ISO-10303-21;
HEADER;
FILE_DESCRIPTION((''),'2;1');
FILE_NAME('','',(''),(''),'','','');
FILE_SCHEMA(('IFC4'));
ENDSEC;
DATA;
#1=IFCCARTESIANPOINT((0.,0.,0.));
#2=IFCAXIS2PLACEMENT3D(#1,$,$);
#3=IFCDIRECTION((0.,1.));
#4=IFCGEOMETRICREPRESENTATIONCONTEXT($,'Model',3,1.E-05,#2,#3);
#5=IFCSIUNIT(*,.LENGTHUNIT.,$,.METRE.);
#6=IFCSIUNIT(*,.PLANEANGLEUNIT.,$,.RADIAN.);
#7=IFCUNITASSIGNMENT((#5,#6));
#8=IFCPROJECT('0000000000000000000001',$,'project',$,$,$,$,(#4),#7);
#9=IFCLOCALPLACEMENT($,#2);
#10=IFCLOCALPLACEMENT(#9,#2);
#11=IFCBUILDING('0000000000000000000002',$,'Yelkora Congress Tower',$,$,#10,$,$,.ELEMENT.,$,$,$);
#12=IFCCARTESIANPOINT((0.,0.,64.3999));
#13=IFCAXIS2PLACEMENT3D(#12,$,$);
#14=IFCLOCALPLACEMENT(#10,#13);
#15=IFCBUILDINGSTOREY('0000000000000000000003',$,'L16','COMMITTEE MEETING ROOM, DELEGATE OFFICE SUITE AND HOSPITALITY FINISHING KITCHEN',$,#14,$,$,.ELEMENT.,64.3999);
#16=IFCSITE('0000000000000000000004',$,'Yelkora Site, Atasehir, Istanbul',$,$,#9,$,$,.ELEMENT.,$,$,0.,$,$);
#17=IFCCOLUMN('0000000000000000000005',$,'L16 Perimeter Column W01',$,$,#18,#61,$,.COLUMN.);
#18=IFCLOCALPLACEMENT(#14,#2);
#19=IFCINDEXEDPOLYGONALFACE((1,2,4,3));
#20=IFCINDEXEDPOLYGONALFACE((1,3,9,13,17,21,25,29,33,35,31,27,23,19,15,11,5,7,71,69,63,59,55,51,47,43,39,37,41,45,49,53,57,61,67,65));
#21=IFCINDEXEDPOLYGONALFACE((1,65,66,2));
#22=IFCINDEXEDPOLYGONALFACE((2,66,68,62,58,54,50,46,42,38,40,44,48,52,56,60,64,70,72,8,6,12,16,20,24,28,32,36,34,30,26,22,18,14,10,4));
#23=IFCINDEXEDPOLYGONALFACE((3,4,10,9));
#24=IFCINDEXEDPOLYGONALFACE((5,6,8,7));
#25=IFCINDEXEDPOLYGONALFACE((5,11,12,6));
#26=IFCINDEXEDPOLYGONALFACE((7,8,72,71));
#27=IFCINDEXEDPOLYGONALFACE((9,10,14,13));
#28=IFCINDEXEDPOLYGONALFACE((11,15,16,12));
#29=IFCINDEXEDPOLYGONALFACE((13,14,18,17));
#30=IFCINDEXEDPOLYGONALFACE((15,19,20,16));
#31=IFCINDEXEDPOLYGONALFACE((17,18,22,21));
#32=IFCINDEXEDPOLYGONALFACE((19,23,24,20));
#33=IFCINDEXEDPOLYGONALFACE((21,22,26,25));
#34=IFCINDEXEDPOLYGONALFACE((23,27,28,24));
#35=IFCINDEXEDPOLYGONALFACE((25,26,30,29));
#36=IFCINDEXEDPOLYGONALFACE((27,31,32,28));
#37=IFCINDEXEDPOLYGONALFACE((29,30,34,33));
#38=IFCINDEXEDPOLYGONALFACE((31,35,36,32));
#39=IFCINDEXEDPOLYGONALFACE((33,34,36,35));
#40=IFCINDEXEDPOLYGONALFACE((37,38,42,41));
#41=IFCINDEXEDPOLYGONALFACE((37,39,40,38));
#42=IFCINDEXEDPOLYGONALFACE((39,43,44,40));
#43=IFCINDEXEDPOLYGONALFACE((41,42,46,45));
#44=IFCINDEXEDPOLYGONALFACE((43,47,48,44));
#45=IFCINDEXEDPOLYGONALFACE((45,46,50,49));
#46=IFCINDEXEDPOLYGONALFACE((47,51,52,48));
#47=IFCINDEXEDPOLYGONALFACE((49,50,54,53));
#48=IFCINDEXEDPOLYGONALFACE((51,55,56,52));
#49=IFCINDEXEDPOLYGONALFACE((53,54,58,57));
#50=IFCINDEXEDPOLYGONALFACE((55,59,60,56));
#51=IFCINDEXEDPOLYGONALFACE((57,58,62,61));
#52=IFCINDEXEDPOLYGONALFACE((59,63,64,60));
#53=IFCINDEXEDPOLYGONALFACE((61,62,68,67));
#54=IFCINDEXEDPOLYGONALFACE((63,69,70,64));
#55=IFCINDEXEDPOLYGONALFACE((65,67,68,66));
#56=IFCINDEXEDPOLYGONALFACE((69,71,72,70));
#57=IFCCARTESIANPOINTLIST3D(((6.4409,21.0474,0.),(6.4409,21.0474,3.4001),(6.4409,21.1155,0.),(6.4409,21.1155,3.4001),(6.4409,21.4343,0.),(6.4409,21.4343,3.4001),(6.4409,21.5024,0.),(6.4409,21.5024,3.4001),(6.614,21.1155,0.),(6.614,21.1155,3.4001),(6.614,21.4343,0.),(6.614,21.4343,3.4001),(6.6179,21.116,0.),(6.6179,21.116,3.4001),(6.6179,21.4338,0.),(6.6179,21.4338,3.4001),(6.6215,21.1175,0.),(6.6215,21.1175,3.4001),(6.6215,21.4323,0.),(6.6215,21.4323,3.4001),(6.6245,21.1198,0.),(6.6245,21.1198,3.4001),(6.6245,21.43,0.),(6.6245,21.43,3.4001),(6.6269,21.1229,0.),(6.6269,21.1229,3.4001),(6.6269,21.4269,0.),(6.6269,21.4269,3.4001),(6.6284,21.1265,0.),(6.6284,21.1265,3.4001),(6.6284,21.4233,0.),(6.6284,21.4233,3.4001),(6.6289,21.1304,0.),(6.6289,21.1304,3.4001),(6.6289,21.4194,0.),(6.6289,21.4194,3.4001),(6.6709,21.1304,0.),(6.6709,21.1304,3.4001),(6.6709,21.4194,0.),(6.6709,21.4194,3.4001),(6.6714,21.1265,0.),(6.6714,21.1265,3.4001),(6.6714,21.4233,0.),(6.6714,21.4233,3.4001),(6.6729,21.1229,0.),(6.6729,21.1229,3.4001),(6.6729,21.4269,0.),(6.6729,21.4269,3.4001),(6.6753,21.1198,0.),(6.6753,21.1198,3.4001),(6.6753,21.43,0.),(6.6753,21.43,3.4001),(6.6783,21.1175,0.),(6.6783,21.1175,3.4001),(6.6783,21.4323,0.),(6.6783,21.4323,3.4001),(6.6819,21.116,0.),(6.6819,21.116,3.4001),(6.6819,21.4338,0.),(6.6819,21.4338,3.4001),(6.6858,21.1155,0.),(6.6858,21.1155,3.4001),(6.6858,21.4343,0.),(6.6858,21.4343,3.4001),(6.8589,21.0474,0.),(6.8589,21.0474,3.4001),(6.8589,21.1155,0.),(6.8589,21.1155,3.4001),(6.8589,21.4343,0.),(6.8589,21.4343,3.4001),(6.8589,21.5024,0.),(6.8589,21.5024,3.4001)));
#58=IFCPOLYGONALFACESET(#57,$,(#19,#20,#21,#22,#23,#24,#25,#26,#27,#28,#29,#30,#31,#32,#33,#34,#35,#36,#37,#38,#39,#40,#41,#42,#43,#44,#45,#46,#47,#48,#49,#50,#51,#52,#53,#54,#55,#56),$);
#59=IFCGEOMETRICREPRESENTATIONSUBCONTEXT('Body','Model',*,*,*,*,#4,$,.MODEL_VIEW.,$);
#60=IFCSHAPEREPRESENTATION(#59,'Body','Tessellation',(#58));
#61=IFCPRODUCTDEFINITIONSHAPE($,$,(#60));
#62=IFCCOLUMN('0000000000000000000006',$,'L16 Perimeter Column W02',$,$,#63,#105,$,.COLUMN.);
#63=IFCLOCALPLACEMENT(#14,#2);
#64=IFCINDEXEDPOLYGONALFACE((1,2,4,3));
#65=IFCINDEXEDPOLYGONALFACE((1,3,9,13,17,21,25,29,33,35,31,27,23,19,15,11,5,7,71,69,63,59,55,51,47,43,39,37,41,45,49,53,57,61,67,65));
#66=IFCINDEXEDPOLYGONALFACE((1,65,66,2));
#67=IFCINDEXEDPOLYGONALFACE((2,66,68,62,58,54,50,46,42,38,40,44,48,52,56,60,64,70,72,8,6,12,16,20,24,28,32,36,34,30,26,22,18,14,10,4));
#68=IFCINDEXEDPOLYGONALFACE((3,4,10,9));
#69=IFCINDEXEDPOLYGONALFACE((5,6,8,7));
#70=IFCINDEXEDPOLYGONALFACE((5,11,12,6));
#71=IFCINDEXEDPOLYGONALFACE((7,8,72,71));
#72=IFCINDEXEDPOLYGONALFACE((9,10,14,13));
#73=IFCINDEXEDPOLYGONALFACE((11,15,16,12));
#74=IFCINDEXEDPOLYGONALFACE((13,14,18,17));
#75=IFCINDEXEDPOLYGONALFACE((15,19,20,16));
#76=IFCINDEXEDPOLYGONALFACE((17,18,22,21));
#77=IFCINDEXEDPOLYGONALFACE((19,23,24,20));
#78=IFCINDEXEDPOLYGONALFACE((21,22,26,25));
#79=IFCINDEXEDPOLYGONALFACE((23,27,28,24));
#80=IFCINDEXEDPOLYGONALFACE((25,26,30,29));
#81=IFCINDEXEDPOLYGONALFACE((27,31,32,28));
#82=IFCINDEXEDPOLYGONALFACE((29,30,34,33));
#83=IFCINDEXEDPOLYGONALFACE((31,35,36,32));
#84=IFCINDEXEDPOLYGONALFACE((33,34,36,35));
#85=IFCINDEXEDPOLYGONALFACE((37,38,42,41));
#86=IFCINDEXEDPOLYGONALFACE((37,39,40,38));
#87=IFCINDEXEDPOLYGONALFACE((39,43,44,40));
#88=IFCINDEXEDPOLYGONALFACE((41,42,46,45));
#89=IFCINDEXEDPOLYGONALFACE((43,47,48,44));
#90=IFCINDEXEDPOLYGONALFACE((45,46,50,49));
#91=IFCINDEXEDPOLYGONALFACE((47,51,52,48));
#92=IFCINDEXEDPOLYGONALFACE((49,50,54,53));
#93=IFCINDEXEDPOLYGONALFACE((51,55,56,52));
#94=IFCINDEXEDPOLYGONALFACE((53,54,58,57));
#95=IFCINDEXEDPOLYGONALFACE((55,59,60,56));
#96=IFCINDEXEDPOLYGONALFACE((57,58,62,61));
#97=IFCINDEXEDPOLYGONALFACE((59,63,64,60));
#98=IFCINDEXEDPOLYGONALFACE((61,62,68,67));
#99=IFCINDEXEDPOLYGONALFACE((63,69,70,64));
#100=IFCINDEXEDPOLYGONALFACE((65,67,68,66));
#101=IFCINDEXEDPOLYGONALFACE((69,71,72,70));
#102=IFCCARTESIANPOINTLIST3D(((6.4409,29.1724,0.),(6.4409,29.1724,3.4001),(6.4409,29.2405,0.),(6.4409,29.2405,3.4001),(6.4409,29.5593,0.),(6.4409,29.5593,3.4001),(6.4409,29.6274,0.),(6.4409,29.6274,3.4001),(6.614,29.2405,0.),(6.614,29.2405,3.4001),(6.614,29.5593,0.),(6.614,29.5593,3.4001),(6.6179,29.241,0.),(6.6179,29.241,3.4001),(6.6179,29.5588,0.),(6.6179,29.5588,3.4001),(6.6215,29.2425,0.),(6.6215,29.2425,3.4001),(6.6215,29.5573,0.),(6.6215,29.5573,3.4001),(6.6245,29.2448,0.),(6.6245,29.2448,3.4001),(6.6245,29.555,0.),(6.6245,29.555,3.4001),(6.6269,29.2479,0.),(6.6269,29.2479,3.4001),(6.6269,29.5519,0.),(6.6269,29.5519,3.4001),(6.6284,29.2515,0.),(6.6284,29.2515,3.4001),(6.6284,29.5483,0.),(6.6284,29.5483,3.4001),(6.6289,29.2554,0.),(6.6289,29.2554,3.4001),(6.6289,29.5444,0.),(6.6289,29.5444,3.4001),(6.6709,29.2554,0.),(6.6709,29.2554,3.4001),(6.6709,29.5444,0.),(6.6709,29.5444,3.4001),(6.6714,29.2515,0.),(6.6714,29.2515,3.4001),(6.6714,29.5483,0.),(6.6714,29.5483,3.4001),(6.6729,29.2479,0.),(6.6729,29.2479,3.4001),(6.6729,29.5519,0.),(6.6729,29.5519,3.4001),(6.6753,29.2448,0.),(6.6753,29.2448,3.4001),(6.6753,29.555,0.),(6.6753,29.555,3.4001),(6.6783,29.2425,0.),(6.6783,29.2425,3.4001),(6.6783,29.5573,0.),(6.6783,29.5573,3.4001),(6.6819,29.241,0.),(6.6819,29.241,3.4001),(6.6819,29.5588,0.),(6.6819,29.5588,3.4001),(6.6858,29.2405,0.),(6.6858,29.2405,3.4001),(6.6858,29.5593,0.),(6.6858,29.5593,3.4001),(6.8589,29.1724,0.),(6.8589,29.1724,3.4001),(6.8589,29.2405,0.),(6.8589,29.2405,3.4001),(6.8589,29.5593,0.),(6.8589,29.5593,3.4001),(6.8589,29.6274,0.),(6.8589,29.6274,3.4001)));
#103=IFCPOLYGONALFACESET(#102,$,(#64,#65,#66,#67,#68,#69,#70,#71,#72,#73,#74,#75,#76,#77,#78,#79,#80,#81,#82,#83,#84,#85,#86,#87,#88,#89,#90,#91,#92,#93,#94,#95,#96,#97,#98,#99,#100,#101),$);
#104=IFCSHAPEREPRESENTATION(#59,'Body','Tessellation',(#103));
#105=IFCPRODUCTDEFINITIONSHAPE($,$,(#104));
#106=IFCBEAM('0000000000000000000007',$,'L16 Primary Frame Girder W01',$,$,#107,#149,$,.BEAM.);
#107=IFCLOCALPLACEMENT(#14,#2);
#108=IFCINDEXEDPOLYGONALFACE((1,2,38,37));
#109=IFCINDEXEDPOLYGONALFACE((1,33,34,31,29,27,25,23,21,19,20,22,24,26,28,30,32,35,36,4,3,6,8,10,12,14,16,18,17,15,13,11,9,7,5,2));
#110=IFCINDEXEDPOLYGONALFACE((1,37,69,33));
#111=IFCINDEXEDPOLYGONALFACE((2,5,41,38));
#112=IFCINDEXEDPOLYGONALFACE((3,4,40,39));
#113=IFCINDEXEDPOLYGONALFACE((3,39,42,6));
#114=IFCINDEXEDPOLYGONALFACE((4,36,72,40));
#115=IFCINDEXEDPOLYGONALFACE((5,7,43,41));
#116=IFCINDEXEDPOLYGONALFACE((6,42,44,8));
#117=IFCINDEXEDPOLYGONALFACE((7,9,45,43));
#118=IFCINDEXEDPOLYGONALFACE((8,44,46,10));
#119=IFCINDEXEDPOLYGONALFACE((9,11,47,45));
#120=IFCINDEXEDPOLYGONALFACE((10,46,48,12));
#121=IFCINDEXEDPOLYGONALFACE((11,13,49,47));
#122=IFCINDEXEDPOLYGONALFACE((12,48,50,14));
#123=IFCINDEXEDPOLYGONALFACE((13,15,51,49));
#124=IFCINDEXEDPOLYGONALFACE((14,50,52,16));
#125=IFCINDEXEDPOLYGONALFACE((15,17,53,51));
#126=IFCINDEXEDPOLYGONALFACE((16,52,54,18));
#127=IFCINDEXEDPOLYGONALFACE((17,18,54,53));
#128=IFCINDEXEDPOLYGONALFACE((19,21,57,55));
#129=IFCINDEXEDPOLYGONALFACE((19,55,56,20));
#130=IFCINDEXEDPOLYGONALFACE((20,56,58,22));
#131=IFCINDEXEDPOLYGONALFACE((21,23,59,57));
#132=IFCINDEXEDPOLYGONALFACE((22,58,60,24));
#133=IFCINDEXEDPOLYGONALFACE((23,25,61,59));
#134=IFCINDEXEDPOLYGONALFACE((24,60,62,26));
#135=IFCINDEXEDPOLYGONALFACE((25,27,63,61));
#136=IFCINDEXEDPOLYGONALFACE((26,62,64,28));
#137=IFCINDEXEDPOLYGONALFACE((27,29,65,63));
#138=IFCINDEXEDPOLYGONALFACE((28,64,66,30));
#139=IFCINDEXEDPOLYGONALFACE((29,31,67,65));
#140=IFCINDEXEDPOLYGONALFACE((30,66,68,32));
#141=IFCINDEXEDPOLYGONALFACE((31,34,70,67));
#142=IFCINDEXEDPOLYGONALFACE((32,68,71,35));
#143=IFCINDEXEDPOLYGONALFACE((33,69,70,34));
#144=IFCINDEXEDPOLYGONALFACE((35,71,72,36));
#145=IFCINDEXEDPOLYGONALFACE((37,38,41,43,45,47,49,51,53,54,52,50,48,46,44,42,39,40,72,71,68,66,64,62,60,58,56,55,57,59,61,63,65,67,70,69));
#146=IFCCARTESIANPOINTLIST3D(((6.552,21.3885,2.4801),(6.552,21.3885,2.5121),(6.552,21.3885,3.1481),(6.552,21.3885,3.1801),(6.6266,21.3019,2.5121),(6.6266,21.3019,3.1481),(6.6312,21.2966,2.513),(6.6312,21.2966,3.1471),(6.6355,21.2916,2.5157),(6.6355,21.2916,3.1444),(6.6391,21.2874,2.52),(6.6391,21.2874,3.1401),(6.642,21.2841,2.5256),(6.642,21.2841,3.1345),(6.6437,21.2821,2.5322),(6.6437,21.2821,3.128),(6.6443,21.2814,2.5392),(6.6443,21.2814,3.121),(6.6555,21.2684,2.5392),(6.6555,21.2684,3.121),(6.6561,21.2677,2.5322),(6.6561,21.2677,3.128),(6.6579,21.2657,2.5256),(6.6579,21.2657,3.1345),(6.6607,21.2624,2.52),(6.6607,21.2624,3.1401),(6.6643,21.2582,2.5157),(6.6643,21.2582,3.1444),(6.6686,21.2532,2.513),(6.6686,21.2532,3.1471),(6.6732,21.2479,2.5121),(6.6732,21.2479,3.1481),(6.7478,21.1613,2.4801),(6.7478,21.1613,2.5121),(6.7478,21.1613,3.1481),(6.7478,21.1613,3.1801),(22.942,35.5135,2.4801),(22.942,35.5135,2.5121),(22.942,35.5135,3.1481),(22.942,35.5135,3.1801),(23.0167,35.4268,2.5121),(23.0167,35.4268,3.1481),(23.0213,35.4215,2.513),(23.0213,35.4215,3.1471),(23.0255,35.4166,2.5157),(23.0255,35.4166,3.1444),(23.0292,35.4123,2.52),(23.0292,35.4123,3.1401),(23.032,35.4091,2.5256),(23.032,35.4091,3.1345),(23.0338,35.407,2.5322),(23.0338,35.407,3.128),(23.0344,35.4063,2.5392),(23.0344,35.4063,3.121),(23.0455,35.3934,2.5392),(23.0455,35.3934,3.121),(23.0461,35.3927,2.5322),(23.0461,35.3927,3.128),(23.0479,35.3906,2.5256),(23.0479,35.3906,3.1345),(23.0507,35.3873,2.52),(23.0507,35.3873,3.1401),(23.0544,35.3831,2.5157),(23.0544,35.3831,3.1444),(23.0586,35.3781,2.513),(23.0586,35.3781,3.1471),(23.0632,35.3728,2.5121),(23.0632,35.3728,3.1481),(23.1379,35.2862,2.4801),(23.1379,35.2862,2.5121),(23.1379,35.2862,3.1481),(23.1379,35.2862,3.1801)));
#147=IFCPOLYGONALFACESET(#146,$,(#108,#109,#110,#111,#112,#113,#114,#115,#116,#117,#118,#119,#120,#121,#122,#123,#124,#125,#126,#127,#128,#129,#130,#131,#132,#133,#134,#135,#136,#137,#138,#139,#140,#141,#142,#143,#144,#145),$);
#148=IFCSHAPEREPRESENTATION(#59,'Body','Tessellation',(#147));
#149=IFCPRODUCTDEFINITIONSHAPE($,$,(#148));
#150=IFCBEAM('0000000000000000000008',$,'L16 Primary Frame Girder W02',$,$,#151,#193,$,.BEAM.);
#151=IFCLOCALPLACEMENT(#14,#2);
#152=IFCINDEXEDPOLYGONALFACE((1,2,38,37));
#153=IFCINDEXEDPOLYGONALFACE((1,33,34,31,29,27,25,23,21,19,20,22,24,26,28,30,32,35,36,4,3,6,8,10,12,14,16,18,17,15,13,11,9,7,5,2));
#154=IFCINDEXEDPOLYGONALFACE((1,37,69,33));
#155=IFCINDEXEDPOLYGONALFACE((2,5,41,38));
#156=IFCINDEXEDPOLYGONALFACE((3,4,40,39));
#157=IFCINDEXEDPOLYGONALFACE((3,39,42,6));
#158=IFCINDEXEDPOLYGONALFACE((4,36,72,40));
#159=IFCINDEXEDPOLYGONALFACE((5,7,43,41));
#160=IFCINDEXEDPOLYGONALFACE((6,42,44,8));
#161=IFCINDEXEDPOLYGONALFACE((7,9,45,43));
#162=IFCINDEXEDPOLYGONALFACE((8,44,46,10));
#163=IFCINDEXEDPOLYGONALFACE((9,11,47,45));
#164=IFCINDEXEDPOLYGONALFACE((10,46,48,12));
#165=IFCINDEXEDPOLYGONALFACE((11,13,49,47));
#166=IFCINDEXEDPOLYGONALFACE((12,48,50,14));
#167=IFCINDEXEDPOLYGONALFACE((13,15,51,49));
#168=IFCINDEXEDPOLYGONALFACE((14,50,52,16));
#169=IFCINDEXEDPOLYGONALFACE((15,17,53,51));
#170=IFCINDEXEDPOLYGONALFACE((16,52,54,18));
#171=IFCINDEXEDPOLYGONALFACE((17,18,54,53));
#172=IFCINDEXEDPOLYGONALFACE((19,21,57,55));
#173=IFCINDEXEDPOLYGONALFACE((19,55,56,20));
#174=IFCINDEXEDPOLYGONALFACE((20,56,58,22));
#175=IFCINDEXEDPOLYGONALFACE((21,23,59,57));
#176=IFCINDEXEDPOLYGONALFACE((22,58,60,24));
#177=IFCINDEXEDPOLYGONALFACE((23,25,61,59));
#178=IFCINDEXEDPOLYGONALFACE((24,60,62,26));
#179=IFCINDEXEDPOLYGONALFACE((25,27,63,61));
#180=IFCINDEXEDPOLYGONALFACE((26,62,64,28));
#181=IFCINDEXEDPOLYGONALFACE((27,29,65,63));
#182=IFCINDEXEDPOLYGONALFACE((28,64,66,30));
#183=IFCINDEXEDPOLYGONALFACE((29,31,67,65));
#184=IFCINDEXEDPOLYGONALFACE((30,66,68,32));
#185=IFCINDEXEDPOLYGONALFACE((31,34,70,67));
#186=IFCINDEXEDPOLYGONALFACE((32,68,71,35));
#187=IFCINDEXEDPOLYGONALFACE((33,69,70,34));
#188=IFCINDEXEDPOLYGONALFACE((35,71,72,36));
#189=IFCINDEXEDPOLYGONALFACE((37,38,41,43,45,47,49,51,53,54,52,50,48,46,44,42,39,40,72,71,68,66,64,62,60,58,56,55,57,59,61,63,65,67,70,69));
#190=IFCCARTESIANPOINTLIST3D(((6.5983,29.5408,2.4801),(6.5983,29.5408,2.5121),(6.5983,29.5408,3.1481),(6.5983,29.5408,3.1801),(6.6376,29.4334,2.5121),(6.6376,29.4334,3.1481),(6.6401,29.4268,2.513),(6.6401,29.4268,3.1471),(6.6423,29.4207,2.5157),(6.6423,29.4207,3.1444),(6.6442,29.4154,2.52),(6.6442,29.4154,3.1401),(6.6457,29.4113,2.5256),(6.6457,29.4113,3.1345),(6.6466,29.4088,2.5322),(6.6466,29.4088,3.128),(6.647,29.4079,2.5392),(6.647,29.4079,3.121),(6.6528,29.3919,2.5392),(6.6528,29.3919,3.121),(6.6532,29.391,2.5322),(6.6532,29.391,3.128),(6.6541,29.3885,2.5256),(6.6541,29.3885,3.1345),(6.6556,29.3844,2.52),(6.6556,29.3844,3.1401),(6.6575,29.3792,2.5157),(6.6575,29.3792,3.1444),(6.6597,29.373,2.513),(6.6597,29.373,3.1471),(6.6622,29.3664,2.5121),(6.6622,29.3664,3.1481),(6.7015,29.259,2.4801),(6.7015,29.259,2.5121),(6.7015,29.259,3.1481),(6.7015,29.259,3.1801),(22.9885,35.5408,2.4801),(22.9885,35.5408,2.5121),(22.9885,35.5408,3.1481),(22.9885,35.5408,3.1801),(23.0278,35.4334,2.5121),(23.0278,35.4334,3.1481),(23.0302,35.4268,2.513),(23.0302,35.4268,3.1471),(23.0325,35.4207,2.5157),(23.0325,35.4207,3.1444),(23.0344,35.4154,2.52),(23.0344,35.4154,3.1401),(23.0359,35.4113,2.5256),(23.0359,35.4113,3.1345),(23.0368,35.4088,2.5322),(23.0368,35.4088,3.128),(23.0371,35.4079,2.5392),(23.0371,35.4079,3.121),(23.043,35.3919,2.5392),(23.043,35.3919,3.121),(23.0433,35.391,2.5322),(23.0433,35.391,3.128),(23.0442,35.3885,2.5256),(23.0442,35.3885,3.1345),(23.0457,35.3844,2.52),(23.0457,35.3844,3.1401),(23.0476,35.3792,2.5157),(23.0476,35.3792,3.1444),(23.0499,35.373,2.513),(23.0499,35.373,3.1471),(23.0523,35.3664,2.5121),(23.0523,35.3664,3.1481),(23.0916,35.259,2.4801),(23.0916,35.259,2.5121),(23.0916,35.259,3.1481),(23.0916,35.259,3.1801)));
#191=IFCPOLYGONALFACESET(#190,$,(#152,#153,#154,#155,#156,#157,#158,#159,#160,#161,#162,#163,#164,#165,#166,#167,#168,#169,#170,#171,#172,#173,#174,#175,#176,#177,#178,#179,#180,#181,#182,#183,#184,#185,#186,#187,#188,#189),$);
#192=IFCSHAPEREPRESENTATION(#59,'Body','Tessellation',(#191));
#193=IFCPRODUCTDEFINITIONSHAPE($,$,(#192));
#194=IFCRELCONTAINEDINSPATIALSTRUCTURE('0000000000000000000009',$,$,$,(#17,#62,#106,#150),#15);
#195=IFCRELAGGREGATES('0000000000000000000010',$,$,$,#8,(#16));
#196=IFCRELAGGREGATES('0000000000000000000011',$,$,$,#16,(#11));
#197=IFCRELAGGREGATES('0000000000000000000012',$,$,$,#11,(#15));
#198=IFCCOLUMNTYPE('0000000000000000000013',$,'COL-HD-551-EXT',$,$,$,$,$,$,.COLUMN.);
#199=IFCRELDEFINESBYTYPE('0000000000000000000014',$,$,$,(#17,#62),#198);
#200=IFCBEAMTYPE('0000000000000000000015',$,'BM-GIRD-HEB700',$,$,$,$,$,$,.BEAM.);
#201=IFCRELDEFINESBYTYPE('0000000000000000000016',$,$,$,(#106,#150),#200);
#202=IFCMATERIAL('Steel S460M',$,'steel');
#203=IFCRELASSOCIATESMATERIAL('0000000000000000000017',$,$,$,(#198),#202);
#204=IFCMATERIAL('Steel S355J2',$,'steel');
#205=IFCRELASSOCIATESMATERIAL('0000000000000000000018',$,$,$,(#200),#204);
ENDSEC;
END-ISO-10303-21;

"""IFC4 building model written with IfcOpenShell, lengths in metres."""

from ifc_helpers import new_model, si_unit, direction, frame, origin, origin_2d, place, context, subcontext, project, spatial, i_section, extrude, material, material_profile, profile_set, type_object, element, save


model = new_model("IFC4")

# Units and contexts
model_context = context("Model", 3, precision=1e-05, world=origin(), true_north=direction((0.0, 1.0)))
body_context = subcontext(model_context, "Body", "Model", "MODEL_VIEW")
ifc_project = project(units=[si_unit("LENGTHUNIT", "METRE"), si_unit("PLANEANGLEUNIT", "RADIAN")], contexts=[model_context])

# Site, building, storey
site_placement = place(None, origin())
site = spatial("IfcSite", under=ifc_project, at=site_placement, Name="Yelkora Site, Atasehir, Istanbul", CompositionType="ELEMENT", RefElevation=0.0)
building_placement = place(site_placement, origin())
building = spatial("IfcBuilding", under=site, at=building_placement, Name="Yelkora Congress Tower", CompositionType="ELEMENT")
storey_placement = place(building_placement, frame((0.0, 0.0, 64.3999)))
storey = spatial("IfcBuildingStorey", under=building, at=storey_placement, Name="L16", Description="COMMITTEE MEETING ROOM, DELEGATE OFFICE SUITE AND HOSPITALITY FINISHING KITCHEN", CompositionType="ELEMENT", Elevation=64.3999)

# Columns
ifc_material_1 = material(Name="Steel S460M", Category="steel")
ifc_material_profile_1 = material_profile(ifc_material_1, i_section(OverallWidth=0.418, OverallDepth=0.4551, WebThickness=0.042, FlangeThickness=0.0681, FilletRadius=0.0149, at=origin_2d()), Name="HD 400x551")
ifc_profile_set_1 = profile_set([ifc_material_profile_1], Name="Steel S460M")
column_type = type_object("IfcColumnType", Name="COL-HD-551-EXT", PredefinedType="COLUMN", material=ifc_profile_set_1)
for number, where, z_axis, x_axis, name in (
    (1, (6.6499, 21.2749, 0.0), (0.0, 0.0, 1.0), (1.0, 0.0, 0.0), "L16 Perimeter Column W01"),
    (2, (6.6499, 29.3999, 0.0), (0.0, 0.0, 1.0), (1.0, 0.0, 0.0), "L16 Perimeter Column W02"),
):
    element("IfcColumn", number, at=place(storey_placement, frame(where, z_axis=z_axis, x_axis=x_axis)), inside=storey, type_object=column_type, Name=name, PredefinedType="COLUMN", context=body_context, shape_type="SweptSolid", body=[
        extrude(i_section(OverallWidth=0.418, OverallDepth=0.4551, WebThickness=0.042, FlangeThickness=0.0681, FilletRadius=0.0149, at=origin_2d()), origin(), (0.0, 0.0, 1.0), 3.4001),
    ])

# Beams
ifc_material_2 = material(Name="Steel S355J2", Category="steel")
ifc_material_profile_2 = material_profile(ifc_material_2, i_section(OverallWidth=0.3, OverallDepth=0.7, WebThickness=0.0171, FlangeThickness=0.032, FilletRadius=0.0271, at=origin_2d()), Name="HEB 700")
ifc_profile_set_2 = profile_set([ifc_material_profile_2], Name="Steel S355J2")
beam_type_1 = type_object("IfcBeamType", Name="BM-GIRD-HEB700", PredefinedType="BEAM", material=ifc_profile_set_2)
beam_1_placement = place(storey_placement, frame((6.6499, 21.2749, 2.8301), z_axis=(0.757511, 0.652822, 0.0), x_axis=(-0.652822, 0.757511, 0.0)))
element("IfcBeam", 3, at=beam_1_placement, inside=storey, type_object=beam_type_1, Name="L16 Primary Frame Girder W01", PredefinedType="BEAM", context=body_context, shape_type="SweptSolid", body=[
    extrude(i_section(OverallWidth=0.3, OverallDepth=0.7, WebThickness=0.0171, FlangeThickness=0.032, FilletRadius=0.0271, at=origin_2d()), origin(), (0.0, 0.0, 1.0), 21.6367),
])
beam_2_placement = place(storey_placement, frame((6.6499, 29.3999, 2.8301), z_axis=(0.939056, 0.343764, 0.0), x_axis=(-0.343764, 0.939056, 0.0)))
element("IfcBeam", 4, at=beam_2_placement, inside=storey, type_object=beam_type_1, Name="L16 Primary Frame Girder W02", PredefinedType="BEAM", context=body_context, shape_type="SweptSolid", body=[
    extrude(i_section(OverallWidth=0.3, OverallDepth=0.7, WebThickness=0.0171, FlangeThickness=0.032, FilletRadius=0.0271, at=origin_2d()), origin(), (0.0, 0.0, 1.0), 17.4539),
])

save(model, "model.ifc")
